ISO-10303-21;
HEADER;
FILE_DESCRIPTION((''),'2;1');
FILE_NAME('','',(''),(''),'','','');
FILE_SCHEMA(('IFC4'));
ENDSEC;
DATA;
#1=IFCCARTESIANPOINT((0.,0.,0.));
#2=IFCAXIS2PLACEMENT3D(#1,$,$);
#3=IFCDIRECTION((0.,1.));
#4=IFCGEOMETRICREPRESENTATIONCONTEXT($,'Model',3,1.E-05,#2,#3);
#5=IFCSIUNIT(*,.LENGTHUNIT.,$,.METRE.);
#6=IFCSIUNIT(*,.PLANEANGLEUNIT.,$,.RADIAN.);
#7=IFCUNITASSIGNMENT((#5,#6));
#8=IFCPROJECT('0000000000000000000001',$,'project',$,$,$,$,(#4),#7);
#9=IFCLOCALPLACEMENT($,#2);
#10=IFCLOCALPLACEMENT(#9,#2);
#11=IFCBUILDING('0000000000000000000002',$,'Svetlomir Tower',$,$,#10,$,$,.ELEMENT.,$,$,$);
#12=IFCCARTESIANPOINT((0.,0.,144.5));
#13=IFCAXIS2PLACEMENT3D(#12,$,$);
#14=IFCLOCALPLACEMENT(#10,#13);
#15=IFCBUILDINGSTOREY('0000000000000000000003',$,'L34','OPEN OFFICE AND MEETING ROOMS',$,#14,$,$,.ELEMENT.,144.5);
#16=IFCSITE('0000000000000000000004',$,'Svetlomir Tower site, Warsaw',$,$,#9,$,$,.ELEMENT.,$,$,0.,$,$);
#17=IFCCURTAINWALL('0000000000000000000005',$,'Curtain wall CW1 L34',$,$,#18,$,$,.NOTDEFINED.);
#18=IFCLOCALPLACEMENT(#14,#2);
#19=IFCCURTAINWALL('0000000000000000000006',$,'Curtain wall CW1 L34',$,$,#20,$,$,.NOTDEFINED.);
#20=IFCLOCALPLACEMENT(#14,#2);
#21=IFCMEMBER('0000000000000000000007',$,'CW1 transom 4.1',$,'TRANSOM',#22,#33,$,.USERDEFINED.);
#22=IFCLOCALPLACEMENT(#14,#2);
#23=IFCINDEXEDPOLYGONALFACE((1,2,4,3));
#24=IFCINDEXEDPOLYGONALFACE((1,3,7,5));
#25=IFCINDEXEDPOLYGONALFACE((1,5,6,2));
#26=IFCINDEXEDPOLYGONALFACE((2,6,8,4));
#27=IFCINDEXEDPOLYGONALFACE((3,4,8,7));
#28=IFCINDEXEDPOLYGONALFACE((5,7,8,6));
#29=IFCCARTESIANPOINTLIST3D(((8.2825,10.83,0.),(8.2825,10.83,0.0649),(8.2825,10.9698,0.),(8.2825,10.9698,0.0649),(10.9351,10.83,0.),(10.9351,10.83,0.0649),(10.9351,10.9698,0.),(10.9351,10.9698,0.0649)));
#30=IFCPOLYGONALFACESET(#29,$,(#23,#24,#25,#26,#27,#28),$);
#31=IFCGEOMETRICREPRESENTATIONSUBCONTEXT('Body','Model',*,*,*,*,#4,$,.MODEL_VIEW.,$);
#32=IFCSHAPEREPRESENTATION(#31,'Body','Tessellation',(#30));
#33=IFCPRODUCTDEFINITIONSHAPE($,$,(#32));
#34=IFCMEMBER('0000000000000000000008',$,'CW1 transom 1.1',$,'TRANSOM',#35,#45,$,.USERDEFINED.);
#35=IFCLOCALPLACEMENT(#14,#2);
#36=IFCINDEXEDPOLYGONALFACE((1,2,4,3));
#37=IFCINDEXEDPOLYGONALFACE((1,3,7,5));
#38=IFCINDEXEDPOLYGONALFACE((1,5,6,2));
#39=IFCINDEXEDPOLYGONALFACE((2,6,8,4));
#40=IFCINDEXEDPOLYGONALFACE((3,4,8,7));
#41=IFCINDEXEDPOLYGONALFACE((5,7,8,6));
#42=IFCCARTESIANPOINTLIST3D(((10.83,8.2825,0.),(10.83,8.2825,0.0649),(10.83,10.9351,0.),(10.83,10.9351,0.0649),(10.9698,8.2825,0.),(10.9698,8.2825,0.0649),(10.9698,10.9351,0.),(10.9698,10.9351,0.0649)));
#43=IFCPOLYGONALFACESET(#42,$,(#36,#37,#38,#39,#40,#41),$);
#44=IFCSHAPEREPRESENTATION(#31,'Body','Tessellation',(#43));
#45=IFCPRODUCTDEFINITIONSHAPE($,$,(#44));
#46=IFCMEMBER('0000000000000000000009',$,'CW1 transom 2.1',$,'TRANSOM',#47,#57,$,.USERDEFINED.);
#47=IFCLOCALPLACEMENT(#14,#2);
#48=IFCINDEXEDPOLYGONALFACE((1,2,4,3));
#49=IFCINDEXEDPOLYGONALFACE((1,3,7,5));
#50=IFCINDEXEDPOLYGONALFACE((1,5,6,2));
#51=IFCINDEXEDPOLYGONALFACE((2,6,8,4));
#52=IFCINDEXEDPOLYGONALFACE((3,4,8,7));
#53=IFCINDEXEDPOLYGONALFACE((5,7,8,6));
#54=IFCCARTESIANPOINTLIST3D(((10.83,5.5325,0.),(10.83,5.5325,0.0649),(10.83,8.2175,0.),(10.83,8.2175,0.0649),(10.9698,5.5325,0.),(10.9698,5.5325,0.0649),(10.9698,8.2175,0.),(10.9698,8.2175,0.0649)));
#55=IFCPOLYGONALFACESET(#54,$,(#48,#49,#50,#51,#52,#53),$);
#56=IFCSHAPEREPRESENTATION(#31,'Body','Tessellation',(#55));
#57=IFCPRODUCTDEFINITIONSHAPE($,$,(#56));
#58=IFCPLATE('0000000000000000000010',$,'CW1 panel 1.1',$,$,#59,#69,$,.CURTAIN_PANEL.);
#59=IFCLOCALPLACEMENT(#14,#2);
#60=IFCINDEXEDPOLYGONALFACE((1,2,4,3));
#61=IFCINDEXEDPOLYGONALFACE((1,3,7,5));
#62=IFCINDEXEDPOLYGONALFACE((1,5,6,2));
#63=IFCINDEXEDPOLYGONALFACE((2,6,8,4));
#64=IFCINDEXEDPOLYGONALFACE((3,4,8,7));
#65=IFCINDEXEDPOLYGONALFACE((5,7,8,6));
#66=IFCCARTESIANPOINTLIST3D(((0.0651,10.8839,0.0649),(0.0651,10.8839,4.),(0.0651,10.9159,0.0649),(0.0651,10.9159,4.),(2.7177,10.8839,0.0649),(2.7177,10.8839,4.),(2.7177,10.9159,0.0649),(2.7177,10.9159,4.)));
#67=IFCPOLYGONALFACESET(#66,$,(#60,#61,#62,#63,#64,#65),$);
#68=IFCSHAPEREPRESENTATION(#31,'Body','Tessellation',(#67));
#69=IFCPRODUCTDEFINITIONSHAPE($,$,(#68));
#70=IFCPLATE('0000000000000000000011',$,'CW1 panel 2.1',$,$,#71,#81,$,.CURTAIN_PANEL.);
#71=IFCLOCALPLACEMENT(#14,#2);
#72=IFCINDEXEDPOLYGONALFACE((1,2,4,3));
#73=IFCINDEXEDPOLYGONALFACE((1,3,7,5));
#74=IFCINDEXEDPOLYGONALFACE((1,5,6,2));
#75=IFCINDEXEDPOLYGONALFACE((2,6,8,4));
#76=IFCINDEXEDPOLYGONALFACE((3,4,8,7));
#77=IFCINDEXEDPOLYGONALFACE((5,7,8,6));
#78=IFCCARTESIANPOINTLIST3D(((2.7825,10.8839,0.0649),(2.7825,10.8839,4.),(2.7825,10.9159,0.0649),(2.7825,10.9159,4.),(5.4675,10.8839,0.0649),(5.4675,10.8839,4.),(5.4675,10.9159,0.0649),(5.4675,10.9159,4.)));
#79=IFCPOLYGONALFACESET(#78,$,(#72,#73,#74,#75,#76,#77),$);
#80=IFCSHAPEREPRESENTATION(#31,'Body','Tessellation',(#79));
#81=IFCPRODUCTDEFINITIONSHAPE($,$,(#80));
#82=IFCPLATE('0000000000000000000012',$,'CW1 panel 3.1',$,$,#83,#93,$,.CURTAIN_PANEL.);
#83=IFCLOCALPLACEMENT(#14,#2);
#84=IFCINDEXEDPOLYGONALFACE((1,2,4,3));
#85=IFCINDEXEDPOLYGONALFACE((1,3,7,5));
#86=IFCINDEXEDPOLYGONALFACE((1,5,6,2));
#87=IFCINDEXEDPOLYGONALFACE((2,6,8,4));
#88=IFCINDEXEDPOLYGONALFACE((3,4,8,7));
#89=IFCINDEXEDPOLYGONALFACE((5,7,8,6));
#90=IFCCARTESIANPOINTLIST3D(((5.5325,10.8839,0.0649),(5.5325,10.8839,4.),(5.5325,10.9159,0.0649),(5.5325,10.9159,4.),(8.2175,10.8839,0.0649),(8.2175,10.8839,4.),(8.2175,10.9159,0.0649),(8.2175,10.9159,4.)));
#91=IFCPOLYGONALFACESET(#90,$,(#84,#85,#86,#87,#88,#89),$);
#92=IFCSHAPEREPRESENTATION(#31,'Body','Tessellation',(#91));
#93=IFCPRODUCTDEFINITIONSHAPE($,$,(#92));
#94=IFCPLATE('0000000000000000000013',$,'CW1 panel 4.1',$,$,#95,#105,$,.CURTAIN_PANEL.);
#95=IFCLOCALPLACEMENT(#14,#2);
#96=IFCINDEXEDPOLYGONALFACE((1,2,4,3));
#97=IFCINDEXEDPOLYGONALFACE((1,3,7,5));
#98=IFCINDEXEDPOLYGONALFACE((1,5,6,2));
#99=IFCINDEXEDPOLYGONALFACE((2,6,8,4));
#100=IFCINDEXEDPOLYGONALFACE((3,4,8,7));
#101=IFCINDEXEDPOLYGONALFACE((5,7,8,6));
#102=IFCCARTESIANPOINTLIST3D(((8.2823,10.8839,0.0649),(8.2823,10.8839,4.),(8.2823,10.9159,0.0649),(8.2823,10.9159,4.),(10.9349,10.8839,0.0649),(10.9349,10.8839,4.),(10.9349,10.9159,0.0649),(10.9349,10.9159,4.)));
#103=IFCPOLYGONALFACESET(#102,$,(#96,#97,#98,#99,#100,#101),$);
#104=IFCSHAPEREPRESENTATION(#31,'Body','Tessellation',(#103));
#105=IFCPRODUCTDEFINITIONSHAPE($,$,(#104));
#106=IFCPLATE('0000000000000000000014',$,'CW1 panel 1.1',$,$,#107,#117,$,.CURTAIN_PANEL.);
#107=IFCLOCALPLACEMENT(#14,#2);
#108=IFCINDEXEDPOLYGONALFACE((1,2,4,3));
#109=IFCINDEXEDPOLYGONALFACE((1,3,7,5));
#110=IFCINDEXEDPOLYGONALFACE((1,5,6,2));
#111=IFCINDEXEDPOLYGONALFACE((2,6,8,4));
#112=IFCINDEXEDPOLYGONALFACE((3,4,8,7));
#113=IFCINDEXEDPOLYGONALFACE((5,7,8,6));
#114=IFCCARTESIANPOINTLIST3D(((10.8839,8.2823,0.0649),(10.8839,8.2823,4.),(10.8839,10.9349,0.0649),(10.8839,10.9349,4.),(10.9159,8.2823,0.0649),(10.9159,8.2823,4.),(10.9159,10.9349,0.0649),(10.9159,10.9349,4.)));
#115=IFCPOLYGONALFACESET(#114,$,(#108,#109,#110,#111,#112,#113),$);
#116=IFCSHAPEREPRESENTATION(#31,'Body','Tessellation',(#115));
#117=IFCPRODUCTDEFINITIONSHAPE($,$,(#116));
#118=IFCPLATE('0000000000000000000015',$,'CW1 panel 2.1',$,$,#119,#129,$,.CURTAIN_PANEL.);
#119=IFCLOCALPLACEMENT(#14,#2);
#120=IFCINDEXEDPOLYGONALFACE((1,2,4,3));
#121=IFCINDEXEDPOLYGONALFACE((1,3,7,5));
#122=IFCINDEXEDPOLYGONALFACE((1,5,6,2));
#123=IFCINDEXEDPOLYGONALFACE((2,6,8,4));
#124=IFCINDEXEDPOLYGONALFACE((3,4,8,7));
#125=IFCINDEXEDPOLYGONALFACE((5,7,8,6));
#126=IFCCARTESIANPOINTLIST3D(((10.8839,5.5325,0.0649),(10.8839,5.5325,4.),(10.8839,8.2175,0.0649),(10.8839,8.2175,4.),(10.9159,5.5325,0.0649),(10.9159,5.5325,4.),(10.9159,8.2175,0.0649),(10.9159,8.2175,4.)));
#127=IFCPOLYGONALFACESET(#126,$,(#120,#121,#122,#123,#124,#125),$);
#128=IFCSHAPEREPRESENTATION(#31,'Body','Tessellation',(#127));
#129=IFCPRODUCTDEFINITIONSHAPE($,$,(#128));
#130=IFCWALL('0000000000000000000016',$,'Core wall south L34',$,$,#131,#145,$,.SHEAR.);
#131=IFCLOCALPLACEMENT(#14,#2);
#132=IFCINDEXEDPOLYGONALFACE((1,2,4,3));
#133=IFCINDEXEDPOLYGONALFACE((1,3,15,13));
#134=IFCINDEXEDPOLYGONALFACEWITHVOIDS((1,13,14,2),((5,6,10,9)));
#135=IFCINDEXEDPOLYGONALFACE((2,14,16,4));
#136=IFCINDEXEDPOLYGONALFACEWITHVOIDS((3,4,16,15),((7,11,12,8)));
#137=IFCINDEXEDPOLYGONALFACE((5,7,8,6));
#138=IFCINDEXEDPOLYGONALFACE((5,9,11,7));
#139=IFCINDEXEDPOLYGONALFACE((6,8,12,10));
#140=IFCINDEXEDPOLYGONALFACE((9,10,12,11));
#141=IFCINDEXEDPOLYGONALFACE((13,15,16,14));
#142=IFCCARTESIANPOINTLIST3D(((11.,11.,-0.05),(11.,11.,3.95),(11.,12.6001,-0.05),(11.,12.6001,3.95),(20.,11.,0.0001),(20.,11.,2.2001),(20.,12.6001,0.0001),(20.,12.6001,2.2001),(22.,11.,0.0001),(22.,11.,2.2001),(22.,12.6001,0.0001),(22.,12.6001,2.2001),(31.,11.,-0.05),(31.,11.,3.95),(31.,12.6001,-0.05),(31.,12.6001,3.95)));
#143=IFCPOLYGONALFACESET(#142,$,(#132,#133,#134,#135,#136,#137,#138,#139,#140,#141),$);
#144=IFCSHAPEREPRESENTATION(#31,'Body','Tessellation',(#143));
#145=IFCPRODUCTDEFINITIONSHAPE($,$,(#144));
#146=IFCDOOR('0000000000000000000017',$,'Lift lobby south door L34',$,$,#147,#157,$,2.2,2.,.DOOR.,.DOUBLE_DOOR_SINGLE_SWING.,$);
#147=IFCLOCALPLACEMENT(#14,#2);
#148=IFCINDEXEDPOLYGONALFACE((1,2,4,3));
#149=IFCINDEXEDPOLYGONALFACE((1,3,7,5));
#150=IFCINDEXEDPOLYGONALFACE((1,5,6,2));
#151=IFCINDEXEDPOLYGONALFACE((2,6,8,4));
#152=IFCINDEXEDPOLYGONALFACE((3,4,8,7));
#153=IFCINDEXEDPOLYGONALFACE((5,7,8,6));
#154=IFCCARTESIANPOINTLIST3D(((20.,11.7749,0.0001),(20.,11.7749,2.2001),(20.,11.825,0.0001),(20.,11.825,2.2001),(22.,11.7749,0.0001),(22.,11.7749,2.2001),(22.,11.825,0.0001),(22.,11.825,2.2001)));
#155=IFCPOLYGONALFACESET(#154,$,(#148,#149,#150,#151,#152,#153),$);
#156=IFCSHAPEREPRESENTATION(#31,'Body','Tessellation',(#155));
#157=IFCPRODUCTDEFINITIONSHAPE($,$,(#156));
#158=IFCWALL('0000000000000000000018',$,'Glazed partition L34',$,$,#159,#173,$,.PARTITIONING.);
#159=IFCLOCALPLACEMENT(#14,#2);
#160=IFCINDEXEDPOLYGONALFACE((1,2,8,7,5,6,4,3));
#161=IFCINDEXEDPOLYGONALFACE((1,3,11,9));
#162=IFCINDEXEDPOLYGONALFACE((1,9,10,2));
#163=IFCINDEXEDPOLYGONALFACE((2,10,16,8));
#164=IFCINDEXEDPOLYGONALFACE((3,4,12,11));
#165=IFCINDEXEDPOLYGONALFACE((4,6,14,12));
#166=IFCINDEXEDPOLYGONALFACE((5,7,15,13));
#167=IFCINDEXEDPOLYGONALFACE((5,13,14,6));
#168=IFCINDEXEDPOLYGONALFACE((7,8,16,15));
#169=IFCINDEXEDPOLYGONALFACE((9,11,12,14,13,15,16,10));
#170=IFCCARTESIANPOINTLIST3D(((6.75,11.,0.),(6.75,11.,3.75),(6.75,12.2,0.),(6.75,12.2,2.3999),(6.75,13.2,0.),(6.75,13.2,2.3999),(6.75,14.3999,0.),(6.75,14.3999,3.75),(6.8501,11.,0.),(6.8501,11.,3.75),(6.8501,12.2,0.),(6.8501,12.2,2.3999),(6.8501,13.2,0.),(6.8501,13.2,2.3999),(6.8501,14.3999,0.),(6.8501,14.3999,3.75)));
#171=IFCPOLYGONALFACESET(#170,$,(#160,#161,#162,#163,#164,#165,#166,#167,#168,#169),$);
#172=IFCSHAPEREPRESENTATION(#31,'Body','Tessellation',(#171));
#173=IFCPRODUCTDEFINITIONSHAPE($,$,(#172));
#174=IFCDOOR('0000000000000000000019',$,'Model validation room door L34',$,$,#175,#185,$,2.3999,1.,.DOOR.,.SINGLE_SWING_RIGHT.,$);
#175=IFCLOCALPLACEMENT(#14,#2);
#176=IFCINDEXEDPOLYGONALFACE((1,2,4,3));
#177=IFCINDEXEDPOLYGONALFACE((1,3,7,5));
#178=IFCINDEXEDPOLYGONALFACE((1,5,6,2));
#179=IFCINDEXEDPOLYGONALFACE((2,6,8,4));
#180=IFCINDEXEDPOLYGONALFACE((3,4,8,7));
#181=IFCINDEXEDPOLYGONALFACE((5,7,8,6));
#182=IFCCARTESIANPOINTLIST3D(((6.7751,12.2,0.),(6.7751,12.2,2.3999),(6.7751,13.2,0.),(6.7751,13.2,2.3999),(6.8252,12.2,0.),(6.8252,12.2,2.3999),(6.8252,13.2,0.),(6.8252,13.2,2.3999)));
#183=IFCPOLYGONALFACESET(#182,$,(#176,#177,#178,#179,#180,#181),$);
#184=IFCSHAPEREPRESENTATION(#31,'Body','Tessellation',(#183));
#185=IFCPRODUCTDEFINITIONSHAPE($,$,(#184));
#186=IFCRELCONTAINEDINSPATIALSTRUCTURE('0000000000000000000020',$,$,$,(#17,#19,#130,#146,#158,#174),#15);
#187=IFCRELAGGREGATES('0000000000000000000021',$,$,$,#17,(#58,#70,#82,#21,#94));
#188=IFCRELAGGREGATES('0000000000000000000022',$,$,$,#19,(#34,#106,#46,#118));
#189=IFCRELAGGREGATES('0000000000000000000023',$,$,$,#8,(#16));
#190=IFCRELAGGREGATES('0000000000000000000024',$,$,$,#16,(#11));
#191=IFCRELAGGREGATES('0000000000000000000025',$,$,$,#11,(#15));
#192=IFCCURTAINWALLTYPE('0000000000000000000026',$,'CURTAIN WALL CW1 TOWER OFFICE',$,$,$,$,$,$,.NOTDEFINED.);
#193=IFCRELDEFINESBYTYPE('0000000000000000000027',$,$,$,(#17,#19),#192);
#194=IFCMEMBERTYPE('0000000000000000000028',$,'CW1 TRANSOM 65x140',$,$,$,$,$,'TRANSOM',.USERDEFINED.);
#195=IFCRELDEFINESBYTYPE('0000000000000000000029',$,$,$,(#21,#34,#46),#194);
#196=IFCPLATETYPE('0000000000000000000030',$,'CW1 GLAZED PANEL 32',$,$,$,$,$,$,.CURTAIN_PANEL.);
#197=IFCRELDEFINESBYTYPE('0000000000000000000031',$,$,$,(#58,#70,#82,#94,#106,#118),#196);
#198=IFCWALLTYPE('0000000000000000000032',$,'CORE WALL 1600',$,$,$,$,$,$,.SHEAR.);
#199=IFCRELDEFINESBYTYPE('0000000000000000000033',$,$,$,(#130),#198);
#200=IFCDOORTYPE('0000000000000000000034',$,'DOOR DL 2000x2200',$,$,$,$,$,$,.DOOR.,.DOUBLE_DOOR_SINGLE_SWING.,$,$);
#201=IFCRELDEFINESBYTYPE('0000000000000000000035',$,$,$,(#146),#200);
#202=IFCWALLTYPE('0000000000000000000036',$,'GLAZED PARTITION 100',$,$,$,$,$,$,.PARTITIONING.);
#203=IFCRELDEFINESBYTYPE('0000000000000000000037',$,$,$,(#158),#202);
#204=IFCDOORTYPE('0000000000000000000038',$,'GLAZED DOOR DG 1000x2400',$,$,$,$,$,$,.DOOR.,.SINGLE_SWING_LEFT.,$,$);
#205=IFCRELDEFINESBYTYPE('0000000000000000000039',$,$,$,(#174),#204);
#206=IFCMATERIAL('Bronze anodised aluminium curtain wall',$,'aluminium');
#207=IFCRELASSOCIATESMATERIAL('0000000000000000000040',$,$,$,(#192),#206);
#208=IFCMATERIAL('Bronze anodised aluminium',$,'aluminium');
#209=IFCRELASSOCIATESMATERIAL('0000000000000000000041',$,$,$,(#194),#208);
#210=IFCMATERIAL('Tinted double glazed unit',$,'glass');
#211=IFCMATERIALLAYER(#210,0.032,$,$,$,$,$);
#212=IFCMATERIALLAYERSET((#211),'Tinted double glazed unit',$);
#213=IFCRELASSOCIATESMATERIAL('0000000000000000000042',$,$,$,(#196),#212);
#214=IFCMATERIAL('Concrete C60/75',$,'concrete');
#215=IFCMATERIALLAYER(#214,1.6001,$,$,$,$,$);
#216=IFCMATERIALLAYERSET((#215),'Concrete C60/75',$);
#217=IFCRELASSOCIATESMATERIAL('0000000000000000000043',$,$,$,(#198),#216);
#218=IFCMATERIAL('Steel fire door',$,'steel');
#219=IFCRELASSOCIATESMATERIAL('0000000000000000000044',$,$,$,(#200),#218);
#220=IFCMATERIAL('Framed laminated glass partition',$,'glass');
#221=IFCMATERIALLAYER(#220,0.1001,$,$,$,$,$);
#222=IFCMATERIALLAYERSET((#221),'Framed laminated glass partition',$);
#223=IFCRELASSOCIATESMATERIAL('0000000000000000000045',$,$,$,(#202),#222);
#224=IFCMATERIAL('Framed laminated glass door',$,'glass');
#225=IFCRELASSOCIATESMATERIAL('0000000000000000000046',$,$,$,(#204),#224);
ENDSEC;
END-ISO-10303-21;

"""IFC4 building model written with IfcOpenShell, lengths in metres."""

from ifc_helpers import new_model, si_unit, direction, frame, frame_2d, origin, origin_2d, place, context, subcontext, project, spatial, rectangle, extrude, material, layer, layer_set, material_profile, profile_set, type_object, element, fill, aggregate, save


model = new_model("IFC4")

# Units and contexts
model_context = context("Model", 3, precision=1e-05, world=origin(), true_north=direction((0.0, 1.0)))
body_context = subcontext(model_context, "Body", "Model", "MODEL_VIEW")
ifc_project = project(units=[si_unit("LENGTHUNIT", "METRE"), si_unit("PLANEANGLEUNIT", "RADIAN")], contexts=[model_context])

# Site, building, storey
site_placement = place(None, origin())
site = spatial("IfcSite", under=ifc_project, at=site_placement, Name="Svetlomir Tower site, Warsaw", CompositionType="ELEMENT", RefElevation=0.0)
building_placement = place(site_placement, origin())
building = spatial("IfcBuilding", under=site, at=building_placement, Name="Svetlomir Tower", CompositionType="ELEMENT")
storey_placement = place(building_placement, frame((0.0, 0.0, 144.5)))
storey = spatial("IfcBuildingStorey", under=building, at=storey_placement, Name="L34", Description="OPEN OFFICE AND MEETING ROOMS", CompositionType="ELEMENT", Elevation=144.5)

# Curtain walls
ifc_material_1 = material(Name="Bronze anodised aluminium curtain wall", Category="aluminium")
curtain_wall_type = type_object("IfcCurtainWallType", Name="CURTAIN WALL CW1 TOWER OFFICE", PredefinedType="NOTDEFINED", material=ifc_material_1)
curtain_wall_1_placement = place(storey_placement, origin())
curtain_wall_1 = element("IfcCurtainWall", 1, at=curtain_wall_1_placement, inside=storey, type_object=curtain_wall_type, Name="Curtain wall CW1 L34", PredefinedType="NOTDEFINED")
curtain_wall_2_placement = place(storey_placement, origin())
curtain_wall_2 = element("IfcCurtainWall", 2, at=curtain_wall_2_placement, inside=storey, type_object=curtain_wall_type, Name="Curtain wall CW1 L34", PredefinedType="NOTDEFINED")

# Members
ifc_material_2 = material(Name="Bronze anodised aluminium", Category="aluminium")
ifc_material_profile_1 = material_profile(ifc_material_2, rectangle(XDim=0.1399, YDim=0.0649, at=origin_2d()), Name="AL 140x65")
ifc_profile_set_1 = profile_set([ifc_material_profile_1], Name="Bronze anodised aluminium 6063-T6")
member_type_1 = type_object("IfcMemberType", Name="CW1 TRANSOM 65x140", ElementType="TRANSOM", PredefinedType="USERDEFINED", material=ifc_profile_set_1)
member_1_placement = place(storey_placement, frame((8.2825, 10.8999, 0.0325), z_axis=(1.0, 0.0, 0.0), x_axis=(0.0, 1.0, 0.0)))
member_1 = element("IfcMember", 3, at=member_1_placement, type_object=member_type_1, Name="CW1 transom 4.1", ObjectType="TRANSOM", PredefinedType="USERDEFINED", context=body_context, shape_type="SweptSolid", body=[
    extrude(rectangle(XDim=0.1399, YDim=0.0649, at=origin_2d()), origin(), (0.0, 0.0, 1.0), 2.6526),
])
member_2_placement = place(storey_placement, frame((10.8999, 10.9351, 0.0325), z_axis=(0.0, -1.0, 0.0), x_axis=(1.0, 0.0, 0.0)))
member_2 = element("IfcMember", 4, at=member_2_placement, type_object=member_type_1, Name="CW1 transom 1.1", ObjectType="TRANSOM", PredefinedType="USERDEFINED", context=body_context, shape_type="SweptSolid", body=[
    extrude(rectangle(XDim=0.1399, YDim=0.0649, at=origin_2d()), origin(), (0.0, 0.0, 1.0), 2.6526),
])
member_3_placement = place(storey_placement, frame((10.8999, 8.2175, 0.0325), z_axis=(0.0, -1.0, 0.0), x_axis=(1.0, 0.0, 0.0)))
member_3 = element("IfcMember", 5, at=member_3_placement, type_object=member_type_1, Name="CW1 transom 2.1", ObjectType="TRANSOM", PredefinedType="USERDEFINED", context=body_context, shape_type="SweptSolid", body=[
    extrude(rectangle(XDim=0.1399, YDim=0.0649, at=origin_2d()), origin(), (0.0, 0.0, 1.0), 2.6851),
])

# Plates
ifc_material_3 = material(Name="Tinted double glazed unit", Category="glass")
ifc_layer_1 = layer(ifc_material_3, 0.032)
ifc_layer_set_1 = layer_set([ifc_layer_1], Name="Tinted double glazed unit")
plate_type = type_object("IfcPlateType", Name="CW1 GLAZED PANEL 32", PredefinedType="CURTAIN_PANEL", material=ifc_layer_set_1)
plate_1_placement = place(storey_placement, frame((1.3914, 10.8999, 0.0649), z_axis=(0.0, 0.0, 1.0), x_axis=(1.0, 0.0, 0.0)))
plate_1 = element("IfcPlate", 6, at=plate_1_placement, type_object=plate_type, Name="CW1 panel 1.1", PredefinedType="CURTAIN_PANEL", context=body_context, shape_type="SweptSolid", body=[
    extrude(rectangle(XDim=2.6526, YDim=0.032, at=origin_2d()), origin(), (0.0, 0.0, 1.0), 3.9351),
])
plate_2_placement = place(storey_placement, frame((4.125, 10.8999, 0.0649), z_axis=(0.0, 0.0, 1.0), x_axis=(1.0, 0.0, 0.0)))
plate_2 = element("IfcPlate", 7, at=plate_2_placement, type_object=plate_type, Name="CW1 panel 2.1", PredefinedType="CURTAIN_PANEL", context=body_context, shape_type="SweptSolid", body=[
    extrude(rectangle(XDim=2.6851, YDim=0.032, at=origin_2d()), origin(), (0.0, 0.0, 1.0), 3.9351),
])
plate_3_placement = place(storey_placement, frame((6.875, 10.8999, 0.0649), z_axis=(0.0, 0.0, 1.0), x_axis=(1.0, 0.0, 0.0)))
plate_3 = element("IfcPlate", 8, at=plate_3_placement, type_object=plate_type, Name="CW1 panel 3.1", PredefinedType="CURTAIN_PANEL", context=body_context, shape_type="SweptSolid", body=[
    extrude(rectangle(XDim=2.6851, YDim=0.032, at=origin_2d()), origin(), (0.0, 0.0, 1.0), 3.9351),
])
plate_4_placement = place(storey_placement, frame((9.6086, 10.8999, 0.0649), z_axis=(0.0, 0.0, 1.0), x_axis=(1.0, 0.0, 0.0)))
plate_4 = element("IfcPlate", 9, at=plate_4_placement, type_object=plate_type, Name="CW1 panel 4.1", PredefinedType="CURTAIN_PANEL", context=body_context, shape_type="SweptSolid", body=[
    extrude(rectangle(XDim=2.6526, YDim=0.032, at=origin_2d()), origin(), (0.0, 0.0, 1.0), 3.9351),
])
aggregate(curtain_wall_1, [plate_1, plate_2, plate_3, member_1, plate_4])
plate_5_placement = place(storey_placement, frame((10.8999, 9.6086, 0.0649), z_axis=(0.0, 0.0, 1.0), x_axis=(0.0, -1.0, 0.0)))
plate_5 = element("IfcPlate", 10, at=plate_5_placement, type_object=plate_type, Name="CW1 panel 1.1", PredefinedType="CURTAIN_PANEL", context=body_context, shape_type="SweptSolid", body=[
    extrude(rectangle(XDim=2.6526, YDim=0.032, at=origin_2d()), origin(), (0.0, 0.0, 1.0), 3.9351),
])
plate_6_placement = place(storey_placement, frame((10.8999, 6.875, 0.0649), z_axis=(0.0, 0.0, 1.0), x_axis=(0.0, -1.0, 0.0)))
plate_6 = element("IfcPlate", 11, at=plate_6_placement, type_object=plate_type, Name="CW1 panel 2.1", PredefinedType="CURTAIN_PANEL", context=body_context, shape_type="SweptSolid", body=[
    extrude(rectangle(XDim=2.6851, YDim=0.032, at=origin_2d()), origin(), (0.0, 0.0, 1.0), 3.9351),
])
aggregate(curtain_wall_2, [member_2, plate_5, member_3, plate_6])

# Walls, openings, doors
ifc_material_4 = material(Name="Concrete C60/75", Category="concrete")
ifc_layer_2 = layer(ifc_material_4, 1.6001)
ifc_layer_set_2 = layer_set([ifc_layer_2], Name="Concrete C60/75")
wall_type_1 = type_object("IfcWallType", Name="CORE WALL 1600", PredefinedType="SHEAR", material=ifc_layer_set_2)
wall_1_placement = place(storey_placement, frame((11.0, 11.8, -0.05), z_axis=(0.0, 0.0, 1.0), x_axis=(1.0, 0.0, 0.0)))
wall_1 = element("IfcWall", 12, at=wall_1_placement, inside=storey, type_object=wall_type_1, Name="Core wall south L34", PredefinedType="SHEAR", context=body_context, shape_type="SweptSolid", body=[
    extrude(rectangle(XDim=20.0, YDim=1.6001, at=frame_2d((10.0, 0.0))), origin(), (0.0, 0.0, 1.0), 4.0),
])
opening_1_placement = place(wall_1_placement, frame((9.0, 0.0, 0.05)))
opening_1 = element("IfcOpeningElement", 13, at=opening_1_placement, cuts=wall_1, PredefinedType="OPENING", context=body_context, shape_type="SweptSolid", body=[
    extrude(rectangle(XDim=2.0, YDim=2.2, at=frame_2d((1.0, 1.1001))), frame((0.0, 0.8101, 0.0), z_axis=(0.0, -1.0, 0.0), x_axis=(1.0, 0.0, 0.0)), (0.0, 0.0, 1.0), 1.6201),
])
ifc_material_5 = material(Name="Steel fire door", Category="steel")
door_type_1 = type_object("IfcDoorType", Name="DOOR DL 2000x2200", OperationType="DOUBLE_DOOR_SINGLE_SWING", PredefinedType="DOOR", material=ifc_material_5)
door_1_placement = place(opening_1_placement, origin())
door_1 = element("IfcDoor", 14, at=door_1_placement, inside=storey, type_object=door_type_1, Name="Lift lobby south door L34", OperationType="DOUBLE_DOOR_SINGLE_SWING", OverallHeight=2.2, OverallWidth=2.0, PredefinedType="DOOR", context=body_context, shape_type="SweptSolid", body=[
    extrude(rectangle(XDim=2.0, YDim=2.2, at=frame_2d((1.0, 1.1001))), frame((0.0, 0.0249, 0.0), z_axis=(0.0, -1.0, 0.0), x_axis=(1.0, 0.0, 0.0)), (0.0, 0.0, 1.0), 0.05),
])
fill(opening_1, door_1)
ifc_material_6 = material(Name="Framed laminated glass partition", Category="glass")
ifc_layer_3 = layer(ifc_material_6, 0.1001)
ifc_layer_set_3 = layer_set([ifc_layer_3], Name="Framed laminated glass partition")
wall_type_2 = type_object("IfcWallType", Name="GLAZED PARTITION 100", PredefinedType="PARTITIONING", material=ifc_layer_set_3)
wall_2_placement = place(storey_placement, frame((6.8, 11.0, 0.0), z_axis=(0.0, 0.0, 1.0), x_axis=(0.0, 1.0, 0.0)))
wall_2 = element("IfcWall", 15, at=wall_2_placement, inside=storey, type_object=wall_type_2, Name="Glazed partition L34", PredefinedType="PARTITIONING", context=body_context, shape_type="SweptSolid", body=[
    extrude(rectangle(XDim=3.3999, YDim=0.1001, at=frame_2d((1.7, 0.0))), origin(), (0.0, 0.0, 1.0), 3.75),
])
opening_2_placement = place(wall_2_placement, frame((1.2, 0.0, 0.0)))
opening_2 = element("IfcOpeningElement", 16, at=opening_2_placement, cuts=wall_2, PredefinedType="OPENING", context=body_context, shape_type="SweptSolid", body=[
    extrude(rectangle(XDim=1.0, YDim=2.3999, at=frame_2d((0.5, 1.2))), frame((0.0, 0.0601, 0.0), z_axis=(0.0, -1.0, 0.0), x_axis=(1.0, 0.0, 0.0)), (0.0, 0.0, 1.0), 0.1201),
])
ifc_material_7 = material(Name="Framed laminated glass door", Category="glass")
door_type_2 = type_object("IfcDoorType", Name="GLAZED DOOR DG 1000x2400", OperationType="SINGLE_SWING_LEFT", PredefinedType="DOOR", material=ifc_material_7)
door_2_placement = place(opening_2_placement, origin())
door_2 = element("IfcDoor", 17, at=door_2_placement, inside=storey, type_object=door_type_2, Name="Model validation room door L34", OperationType="SINGLE_SWING_RIGHT", OverallHeight=2.3999, OverallWidth=1.0, PredefinedType="DOOR", context=body_context, shape_type="SweptSolid", body=[
    extrude(rectangle(XDim=1.0, YDim=2.3999, at=frame_2d((0.5, 1.2))), frame((0.0, 0.0249, 0.0), z_axis=(0.0, -1.0, 0.0), x_axis=(1.0, 0.0, 0.0)), (0.0, 0.0, 1.0), 0.05),
])
fill(opening_2, door_2)

save(model, "model.ifc")
